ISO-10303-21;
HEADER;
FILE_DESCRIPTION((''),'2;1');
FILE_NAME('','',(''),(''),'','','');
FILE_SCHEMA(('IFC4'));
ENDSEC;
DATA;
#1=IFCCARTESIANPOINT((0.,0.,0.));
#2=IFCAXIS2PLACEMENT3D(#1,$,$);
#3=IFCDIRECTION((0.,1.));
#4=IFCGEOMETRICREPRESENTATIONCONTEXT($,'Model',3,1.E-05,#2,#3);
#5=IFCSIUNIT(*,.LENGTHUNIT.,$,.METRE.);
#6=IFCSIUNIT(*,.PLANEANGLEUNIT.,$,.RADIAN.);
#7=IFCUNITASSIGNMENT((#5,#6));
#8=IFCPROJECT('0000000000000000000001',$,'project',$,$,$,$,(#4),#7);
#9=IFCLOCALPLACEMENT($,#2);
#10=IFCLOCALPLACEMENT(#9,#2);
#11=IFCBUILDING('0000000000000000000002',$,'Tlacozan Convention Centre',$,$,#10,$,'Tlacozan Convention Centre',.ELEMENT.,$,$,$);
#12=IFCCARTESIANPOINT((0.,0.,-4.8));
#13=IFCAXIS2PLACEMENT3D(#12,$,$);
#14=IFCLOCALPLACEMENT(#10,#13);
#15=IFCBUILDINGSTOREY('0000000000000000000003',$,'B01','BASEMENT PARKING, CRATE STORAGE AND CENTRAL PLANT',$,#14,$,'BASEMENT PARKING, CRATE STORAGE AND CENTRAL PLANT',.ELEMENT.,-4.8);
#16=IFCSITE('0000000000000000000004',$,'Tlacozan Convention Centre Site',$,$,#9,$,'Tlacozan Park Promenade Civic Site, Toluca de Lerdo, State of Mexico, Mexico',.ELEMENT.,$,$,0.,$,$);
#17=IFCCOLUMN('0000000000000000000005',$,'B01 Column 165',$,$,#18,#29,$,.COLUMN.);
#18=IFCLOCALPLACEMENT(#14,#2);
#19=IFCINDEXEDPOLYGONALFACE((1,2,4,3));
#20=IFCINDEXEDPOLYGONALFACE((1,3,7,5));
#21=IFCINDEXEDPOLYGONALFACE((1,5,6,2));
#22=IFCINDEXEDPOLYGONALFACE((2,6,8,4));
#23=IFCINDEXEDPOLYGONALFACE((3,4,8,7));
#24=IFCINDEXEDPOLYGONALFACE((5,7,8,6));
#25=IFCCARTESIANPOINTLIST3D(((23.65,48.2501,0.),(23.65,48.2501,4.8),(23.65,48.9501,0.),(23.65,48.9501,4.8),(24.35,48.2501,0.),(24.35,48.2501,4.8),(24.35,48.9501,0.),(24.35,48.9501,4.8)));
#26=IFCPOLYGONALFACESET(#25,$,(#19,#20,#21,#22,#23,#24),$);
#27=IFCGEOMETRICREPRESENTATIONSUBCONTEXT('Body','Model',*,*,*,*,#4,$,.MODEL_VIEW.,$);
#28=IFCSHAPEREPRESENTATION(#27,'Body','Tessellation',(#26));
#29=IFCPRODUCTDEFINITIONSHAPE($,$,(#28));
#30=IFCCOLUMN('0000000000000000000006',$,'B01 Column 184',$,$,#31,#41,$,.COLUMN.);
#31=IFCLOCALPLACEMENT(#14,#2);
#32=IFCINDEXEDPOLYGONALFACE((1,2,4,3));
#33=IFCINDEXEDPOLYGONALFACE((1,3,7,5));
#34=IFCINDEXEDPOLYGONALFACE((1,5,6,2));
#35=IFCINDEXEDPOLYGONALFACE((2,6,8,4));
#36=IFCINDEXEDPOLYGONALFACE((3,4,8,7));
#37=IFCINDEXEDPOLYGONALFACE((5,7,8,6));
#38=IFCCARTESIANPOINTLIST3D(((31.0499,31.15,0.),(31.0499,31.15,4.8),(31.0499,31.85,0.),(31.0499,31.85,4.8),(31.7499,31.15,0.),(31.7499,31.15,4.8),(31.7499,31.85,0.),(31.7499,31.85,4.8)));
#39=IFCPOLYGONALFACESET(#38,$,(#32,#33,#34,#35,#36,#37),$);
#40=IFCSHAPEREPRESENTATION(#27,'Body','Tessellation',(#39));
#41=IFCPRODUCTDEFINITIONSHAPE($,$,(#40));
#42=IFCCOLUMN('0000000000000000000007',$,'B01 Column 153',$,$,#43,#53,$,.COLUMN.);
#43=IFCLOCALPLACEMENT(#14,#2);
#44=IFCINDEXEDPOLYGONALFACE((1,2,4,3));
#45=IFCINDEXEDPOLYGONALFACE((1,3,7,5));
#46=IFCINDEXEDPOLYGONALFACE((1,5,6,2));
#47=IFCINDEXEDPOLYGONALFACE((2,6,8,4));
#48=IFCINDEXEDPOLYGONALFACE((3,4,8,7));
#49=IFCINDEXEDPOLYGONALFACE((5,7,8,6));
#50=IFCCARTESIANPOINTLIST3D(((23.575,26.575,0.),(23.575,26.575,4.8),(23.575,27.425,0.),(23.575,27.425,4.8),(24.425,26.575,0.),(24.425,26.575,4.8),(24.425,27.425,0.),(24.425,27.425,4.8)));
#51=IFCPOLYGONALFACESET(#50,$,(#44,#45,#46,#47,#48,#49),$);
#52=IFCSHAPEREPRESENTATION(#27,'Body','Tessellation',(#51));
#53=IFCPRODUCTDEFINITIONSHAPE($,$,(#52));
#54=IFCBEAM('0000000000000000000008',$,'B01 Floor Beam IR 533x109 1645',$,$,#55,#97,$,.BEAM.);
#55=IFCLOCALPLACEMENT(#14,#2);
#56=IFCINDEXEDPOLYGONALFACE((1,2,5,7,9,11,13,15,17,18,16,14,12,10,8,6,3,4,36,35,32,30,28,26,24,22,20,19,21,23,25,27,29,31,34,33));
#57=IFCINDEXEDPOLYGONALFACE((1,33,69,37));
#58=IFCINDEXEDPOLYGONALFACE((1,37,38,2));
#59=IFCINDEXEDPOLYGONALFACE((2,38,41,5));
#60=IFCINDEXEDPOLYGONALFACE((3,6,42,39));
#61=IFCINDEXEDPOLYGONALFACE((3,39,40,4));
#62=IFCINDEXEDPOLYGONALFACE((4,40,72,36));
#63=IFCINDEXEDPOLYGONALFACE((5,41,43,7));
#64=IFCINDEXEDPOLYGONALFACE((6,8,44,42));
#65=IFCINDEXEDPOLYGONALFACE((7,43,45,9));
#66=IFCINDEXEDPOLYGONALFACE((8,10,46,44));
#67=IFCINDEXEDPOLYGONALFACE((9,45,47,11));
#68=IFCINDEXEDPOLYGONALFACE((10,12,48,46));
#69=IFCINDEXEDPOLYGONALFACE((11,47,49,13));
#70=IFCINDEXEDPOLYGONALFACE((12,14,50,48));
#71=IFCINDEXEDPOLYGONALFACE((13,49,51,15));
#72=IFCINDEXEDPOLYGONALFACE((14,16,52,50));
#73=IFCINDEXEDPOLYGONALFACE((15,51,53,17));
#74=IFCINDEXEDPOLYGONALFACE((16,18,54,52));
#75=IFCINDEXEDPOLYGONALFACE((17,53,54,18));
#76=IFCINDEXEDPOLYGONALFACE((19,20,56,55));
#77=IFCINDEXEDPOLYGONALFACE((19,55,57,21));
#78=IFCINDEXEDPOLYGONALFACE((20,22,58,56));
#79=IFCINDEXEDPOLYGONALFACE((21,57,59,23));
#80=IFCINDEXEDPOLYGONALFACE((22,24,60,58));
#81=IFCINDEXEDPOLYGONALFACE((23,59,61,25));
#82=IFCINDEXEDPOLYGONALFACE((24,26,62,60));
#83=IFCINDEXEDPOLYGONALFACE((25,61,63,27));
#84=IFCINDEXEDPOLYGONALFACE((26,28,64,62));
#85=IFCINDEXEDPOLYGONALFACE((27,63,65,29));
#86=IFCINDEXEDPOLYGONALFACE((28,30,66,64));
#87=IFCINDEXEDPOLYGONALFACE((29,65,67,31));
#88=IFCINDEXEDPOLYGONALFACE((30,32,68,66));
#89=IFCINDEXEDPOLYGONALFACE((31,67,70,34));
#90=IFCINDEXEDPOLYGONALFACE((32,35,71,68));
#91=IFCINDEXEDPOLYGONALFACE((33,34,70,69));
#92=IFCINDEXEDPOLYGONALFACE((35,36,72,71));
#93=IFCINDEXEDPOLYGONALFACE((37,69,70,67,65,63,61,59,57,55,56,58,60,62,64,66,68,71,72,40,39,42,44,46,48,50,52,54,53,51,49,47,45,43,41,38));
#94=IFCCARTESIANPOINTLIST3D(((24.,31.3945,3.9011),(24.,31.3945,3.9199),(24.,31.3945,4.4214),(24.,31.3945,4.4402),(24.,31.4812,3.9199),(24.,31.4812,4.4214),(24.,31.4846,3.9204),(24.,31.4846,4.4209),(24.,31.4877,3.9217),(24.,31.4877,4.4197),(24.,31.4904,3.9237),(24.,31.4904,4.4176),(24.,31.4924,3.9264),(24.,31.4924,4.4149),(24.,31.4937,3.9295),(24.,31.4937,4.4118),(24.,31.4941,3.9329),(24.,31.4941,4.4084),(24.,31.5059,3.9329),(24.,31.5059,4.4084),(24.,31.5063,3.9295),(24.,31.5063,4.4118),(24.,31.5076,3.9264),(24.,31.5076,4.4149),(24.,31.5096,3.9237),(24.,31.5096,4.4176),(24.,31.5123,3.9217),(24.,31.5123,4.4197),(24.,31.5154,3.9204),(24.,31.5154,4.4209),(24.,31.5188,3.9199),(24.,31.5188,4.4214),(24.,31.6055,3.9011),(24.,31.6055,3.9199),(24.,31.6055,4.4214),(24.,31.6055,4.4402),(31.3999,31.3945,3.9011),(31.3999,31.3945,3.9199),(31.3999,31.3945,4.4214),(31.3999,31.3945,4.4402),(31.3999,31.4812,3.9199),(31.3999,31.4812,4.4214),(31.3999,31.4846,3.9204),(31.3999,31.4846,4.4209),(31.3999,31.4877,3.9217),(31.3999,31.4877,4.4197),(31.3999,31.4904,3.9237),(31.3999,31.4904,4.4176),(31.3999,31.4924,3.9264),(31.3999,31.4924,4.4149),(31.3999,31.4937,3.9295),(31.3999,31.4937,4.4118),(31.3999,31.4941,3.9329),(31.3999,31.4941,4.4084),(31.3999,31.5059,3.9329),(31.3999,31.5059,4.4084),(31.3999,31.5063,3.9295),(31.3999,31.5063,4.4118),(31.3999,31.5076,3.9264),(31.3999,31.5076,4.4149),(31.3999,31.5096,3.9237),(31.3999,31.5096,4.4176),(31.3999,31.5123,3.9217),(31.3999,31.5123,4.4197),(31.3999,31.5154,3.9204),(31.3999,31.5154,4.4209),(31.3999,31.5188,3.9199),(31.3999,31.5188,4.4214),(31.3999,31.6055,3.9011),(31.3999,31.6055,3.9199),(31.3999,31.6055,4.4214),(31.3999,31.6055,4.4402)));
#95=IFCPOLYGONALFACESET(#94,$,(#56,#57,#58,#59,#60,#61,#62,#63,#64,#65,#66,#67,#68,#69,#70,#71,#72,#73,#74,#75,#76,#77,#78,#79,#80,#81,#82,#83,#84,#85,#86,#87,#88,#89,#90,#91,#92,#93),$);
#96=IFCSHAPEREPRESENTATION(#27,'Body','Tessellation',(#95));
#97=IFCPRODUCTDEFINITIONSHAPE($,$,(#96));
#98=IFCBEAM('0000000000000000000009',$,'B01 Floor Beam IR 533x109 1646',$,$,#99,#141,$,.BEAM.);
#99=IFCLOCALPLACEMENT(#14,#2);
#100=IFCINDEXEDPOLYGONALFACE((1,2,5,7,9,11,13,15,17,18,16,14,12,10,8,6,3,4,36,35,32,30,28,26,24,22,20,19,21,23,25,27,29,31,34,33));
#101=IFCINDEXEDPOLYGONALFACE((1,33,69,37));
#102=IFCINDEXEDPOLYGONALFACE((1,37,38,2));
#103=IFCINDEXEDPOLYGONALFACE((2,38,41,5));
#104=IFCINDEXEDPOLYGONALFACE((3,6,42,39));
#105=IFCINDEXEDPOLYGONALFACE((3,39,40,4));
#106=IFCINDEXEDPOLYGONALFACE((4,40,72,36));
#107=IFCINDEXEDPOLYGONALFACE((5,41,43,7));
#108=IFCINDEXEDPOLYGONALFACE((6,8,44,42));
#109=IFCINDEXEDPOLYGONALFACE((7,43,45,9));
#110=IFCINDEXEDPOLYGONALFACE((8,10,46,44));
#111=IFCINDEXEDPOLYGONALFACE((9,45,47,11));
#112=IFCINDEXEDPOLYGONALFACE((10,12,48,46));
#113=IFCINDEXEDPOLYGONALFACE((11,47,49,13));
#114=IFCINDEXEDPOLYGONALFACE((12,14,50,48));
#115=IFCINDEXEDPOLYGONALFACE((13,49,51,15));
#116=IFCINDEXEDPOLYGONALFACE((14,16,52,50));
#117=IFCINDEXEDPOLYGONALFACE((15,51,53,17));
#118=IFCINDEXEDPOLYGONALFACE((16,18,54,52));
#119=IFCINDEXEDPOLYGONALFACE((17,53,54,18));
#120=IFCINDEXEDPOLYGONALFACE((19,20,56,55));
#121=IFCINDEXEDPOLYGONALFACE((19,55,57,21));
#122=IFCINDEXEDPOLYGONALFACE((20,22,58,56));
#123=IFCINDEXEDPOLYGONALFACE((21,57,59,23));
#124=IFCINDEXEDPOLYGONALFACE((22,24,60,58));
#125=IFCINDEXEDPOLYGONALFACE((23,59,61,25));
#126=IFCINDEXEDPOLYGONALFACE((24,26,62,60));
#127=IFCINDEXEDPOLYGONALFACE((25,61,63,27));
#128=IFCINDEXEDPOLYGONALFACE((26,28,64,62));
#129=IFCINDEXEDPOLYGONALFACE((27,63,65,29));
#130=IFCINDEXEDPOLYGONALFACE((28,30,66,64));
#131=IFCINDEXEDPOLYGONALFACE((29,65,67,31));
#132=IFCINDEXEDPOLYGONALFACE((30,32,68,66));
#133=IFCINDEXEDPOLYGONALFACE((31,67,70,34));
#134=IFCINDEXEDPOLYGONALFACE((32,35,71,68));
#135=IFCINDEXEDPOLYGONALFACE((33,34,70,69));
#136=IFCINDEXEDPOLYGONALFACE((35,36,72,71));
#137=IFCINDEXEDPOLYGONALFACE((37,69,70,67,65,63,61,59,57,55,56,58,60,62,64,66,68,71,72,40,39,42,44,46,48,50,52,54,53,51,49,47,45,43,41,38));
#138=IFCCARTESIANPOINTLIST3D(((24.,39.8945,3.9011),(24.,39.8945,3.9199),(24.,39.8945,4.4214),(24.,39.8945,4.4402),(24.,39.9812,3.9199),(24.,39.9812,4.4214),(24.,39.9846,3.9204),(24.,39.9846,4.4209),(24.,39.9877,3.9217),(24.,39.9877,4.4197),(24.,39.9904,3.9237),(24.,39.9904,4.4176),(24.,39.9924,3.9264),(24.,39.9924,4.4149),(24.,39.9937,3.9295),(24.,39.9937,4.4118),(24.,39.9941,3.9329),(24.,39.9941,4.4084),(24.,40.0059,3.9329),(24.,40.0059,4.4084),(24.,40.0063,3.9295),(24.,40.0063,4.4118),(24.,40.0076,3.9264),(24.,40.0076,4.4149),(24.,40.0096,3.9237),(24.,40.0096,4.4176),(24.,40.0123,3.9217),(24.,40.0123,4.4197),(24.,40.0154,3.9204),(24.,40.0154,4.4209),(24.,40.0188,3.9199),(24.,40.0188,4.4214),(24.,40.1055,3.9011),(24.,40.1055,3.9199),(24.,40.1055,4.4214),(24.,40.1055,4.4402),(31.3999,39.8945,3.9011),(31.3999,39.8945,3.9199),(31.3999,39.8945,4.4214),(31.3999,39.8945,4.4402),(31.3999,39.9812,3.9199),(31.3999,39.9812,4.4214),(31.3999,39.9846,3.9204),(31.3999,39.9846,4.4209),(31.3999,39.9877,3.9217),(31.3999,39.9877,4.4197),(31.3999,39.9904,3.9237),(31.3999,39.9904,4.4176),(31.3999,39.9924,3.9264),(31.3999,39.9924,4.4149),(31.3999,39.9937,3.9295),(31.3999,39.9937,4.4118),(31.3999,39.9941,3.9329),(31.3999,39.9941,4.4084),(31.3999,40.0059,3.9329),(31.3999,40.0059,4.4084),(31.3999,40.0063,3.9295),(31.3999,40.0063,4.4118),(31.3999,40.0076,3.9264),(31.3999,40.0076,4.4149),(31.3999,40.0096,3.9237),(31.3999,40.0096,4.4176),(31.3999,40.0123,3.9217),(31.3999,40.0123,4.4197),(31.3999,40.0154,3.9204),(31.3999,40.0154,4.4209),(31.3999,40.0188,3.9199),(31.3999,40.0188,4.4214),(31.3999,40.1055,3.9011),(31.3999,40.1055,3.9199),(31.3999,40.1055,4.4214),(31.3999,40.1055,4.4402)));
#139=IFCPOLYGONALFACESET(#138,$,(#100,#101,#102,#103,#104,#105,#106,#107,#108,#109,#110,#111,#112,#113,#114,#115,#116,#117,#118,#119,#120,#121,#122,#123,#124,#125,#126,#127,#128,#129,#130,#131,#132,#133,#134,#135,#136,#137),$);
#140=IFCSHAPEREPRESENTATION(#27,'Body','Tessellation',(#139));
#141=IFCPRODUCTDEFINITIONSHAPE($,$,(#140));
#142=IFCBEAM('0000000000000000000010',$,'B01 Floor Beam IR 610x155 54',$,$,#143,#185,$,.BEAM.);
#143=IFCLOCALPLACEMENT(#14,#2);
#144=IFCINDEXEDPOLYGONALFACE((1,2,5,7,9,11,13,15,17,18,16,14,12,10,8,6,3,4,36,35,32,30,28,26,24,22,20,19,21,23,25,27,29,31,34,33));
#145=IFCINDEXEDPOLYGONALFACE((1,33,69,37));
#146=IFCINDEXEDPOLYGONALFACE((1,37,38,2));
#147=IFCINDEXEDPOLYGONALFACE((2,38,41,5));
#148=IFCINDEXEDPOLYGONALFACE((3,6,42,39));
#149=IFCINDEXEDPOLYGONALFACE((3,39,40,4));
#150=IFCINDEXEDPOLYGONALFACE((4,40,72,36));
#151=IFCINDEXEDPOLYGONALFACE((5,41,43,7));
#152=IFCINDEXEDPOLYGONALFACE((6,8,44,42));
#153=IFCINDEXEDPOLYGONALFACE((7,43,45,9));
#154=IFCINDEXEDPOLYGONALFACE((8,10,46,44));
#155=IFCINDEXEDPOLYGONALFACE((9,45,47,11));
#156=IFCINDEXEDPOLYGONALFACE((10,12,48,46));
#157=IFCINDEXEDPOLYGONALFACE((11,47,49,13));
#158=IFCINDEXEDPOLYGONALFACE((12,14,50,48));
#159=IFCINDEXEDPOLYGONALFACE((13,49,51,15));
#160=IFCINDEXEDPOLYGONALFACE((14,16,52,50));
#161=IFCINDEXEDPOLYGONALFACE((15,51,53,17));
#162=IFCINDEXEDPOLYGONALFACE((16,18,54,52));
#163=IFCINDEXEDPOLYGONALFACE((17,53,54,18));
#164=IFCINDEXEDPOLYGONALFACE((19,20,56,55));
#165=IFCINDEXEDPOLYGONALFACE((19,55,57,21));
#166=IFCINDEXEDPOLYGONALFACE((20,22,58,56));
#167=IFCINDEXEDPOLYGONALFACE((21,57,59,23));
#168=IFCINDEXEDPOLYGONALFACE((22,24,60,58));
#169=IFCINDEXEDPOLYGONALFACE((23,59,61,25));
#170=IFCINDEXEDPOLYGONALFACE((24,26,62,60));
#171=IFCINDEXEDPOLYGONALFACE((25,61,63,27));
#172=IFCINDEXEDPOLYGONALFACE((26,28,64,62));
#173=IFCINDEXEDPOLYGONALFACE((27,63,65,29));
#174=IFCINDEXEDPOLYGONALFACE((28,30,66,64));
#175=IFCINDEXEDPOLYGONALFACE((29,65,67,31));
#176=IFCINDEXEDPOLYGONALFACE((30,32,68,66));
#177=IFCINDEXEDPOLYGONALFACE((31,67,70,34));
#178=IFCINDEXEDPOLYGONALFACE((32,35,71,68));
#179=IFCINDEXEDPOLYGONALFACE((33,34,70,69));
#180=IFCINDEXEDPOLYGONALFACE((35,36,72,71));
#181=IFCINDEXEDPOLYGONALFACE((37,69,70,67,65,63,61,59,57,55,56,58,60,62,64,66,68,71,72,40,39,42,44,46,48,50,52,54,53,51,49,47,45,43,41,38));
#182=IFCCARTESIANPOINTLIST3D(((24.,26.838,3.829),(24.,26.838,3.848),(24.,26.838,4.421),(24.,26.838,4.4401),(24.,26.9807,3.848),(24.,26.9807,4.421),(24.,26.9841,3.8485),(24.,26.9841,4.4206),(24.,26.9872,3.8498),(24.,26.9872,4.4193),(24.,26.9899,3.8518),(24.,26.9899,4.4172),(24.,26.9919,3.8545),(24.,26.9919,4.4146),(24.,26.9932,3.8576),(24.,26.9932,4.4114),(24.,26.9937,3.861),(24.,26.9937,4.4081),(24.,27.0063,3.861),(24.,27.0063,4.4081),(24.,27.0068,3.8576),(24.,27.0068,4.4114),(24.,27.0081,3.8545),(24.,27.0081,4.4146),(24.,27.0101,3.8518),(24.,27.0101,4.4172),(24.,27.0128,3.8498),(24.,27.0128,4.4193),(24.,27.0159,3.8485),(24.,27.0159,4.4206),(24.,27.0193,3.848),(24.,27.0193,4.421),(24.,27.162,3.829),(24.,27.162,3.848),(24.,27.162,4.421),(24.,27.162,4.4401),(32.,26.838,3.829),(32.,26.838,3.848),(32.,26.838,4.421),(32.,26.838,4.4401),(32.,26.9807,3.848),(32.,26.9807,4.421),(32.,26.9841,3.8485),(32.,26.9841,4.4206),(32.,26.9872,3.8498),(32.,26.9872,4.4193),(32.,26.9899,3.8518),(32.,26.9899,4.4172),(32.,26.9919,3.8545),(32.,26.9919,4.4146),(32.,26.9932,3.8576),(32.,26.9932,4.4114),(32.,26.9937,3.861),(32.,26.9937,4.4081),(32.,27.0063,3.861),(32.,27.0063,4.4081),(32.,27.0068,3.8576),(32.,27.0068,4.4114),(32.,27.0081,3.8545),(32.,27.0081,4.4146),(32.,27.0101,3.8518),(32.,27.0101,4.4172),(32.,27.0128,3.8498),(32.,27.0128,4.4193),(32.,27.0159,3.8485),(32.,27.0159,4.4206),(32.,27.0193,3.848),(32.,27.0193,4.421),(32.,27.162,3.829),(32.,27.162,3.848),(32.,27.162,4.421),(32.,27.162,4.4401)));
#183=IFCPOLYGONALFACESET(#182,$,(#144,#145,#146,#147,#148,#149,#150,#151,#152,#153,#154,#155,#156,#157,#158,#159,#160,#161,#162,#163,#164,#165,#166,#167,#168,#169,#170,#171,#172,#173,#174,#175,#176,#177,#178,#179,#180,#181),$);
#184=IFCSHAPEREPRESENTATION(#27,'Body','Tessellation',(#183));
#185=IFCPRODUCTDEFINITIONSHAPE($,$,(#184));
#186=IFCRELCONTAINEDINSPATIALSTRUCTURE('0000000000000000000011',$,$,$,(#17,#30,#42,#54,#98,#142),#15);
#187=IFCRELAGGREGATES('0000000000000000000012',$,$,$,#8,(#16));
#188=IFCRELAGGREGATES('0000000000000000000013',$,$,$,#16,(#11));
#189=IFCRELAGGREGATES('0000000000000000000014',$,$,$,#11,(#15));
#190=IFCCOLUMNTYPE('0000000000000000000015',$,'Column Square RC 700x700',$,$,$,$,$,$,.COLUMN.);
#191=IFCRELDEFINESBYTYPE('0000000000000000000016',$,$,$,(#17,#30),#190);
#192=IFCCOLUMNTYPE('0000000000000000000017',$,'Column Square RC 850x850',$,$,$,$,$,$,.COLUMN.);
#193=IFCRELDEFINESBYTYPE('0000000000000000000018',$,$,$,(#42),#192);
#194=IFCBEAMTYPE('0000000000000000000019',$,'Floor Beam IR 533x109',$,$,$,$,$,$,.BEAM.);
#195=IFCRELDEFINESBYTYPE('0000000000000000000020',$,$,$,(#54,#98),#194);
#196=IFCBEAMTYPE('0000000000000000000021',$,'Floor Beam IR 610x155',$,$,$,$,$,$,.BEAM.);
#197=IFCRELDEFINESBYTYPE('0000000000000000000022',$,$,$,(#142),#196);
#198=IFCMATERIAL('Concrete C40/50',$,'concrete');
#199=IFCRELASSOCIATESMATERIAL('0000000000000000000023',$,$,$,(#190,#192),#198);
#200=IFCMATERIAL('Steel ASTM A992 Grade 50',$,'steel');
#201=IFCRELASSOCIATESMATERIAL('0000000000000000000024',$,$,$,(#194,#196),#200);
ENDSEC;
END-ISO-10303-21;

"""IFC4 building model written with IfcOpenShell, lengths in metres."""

from ifc_helpers import new_model, si_unit, direction, frame, origin, origin_2d, place, context, subcontext, project, spatial, rectangle, i_section, extrude, material, material_profile, profile_set, type_object, element, save


model = new_model("IFC4")

# Units and contexts
model_context = context("Model", 3, precision=1e-05, world=origin(), true_north=direction((0.0, 1.0)))
body_context = subcontext(model_context, "Body", "Model", "MODEL_VIEW")
ifc_project = project(units=[si_unit("LENGTHUNIT", "METRE"), si_unit("PLANEANGLEUNIT", "RADIAN")], contexts=[model_context])

# Site, building, storey
site_placement = place(None, origin())
site = spatial("IfcSite", under=ifc_project, at=site_placement, Name="Tlacozan Convention Centre Site", LongName="Tlacozan Park Promenade Civic Site, Toluca de Lerdo, State of Mexico, Mexico", CompositionType="ELEMENT", RefElevation=0.0)
building_placement = place(site_placement, origin())
building = spatial("IfcBuilding", under=site, at=building_placement, Name="Tlacozan Convention Centre", LongName="Tlacozan Convention Centre", CompositionType="ELEMENT")
storey_placement = place(building_placement, frame((0.0, 0.0, -4.8)))
storey = spatial("IfcBuildingStorey", under=building, at=storey_placement, Name="B01", Description="BASEMENT PARKING, CRATE STORAGE AND CENTRAL PLANT", LongName="BASEMENT PARKING, CRATE STORAGE AND CENTRAL PLANT", CompositionType="ELEMENT", Elevation=-4.8)

# Columns
ifc_material_1 = material(Name="Concrete C40/50", Category="concrete")
ifc_material_profile_1 = material_profile(ifc_material_1, rectangle(XDim=0.7, YDim=0.7, at=origin_2d()), Name="RC 700x700")
ifc_profile_set_1 = profile_set([ifc_material_profile_1], Name="Concrete C40/50")
column_type_1 = type_object("IfcColumnType", Name="Column Square RC 700x700", PredefinedType="COLUMN", material=ifc_profile_set_1)
for number, where, z_axis, x_axis, name in (
    (1, (24.0, 48.6001, 0.0), (0.0, 0.0, 1.0), (1.0, 0.0, 0.0), "B01 Column 165"),
    (2, (31.3999, 31.5, 0.0), (0.0, 0.0, 1.0), (1.0, 0.0, 0.0), "B01 Column 184"),
):
    element("IfcColumn", number, at=place(storey_placement, frame(where, z_axis=z_axis, x_axis=x_axis)), inside=storey, type_object=column_type_1, Name=name, PredefinedType="COLUMN", context=body_context, shape_type="SweptSolid", body=[
        extrude(rectangle(XDim=0.7, YDim=0.7, at=origin_2d()), origin(), (0.0, 0.0, 1.0), 4.8),
    ])
ifc_material_profile_2 = material_profile(ifc_material_1, rectangle(XDim=0.8501, YDim=0.8501, at=origin_2d()), Name="RC 850x850")
ifc_profile_set_2 = profile_set([ifc_material_profile_2], Name="Concrete C40/50")
column_type_2 = type_object("IfcColumnType", Name="Column Square RC 850x850", PredefinedType="COLUMN", material=ifc_profile_set_2)
column_placement = place(storey_placement, frame((24.0, 27.0, 0.0), z_axis=(0.0, 0.0, 1.0), x_axis=(1.0, 0.0, 0.0)))
element("IfcColumn", 3, at=column_placement, inside=storey, type_object=column_type_2, Name="B01 Column 153", PredefinedType="COLUMN", context=body_context, shape_type="SweptSolid", body=[
    extrude(rectangle(XDim=0.8501, YDim=0.8501, at=origin_2d()), origin(), (0.0, 0.0, 1.0), 4.8),
])

# Beams
ifc_material_2 = material(Name="Steel ASTM A992 Grade 50", Category="steel")
ifc_material_profile_3 = material_profile(ifc_material_2, i_section(OverallWidth=0.2109, OverallDepth=0.5391, WebThickness=0.0117, FlangeThickness=0.0188, FilletRadius=0.0129, at=origin_2d()), Name="IR 533x109.0")
ifc_profile_set_3 = profile_set([ifc_material_profile_3], Name="Steel ASTM A992 Grade 50")
beam_type_1 = type_object("IfcBeamType", Name="Floor Beam IR 533x109", PredefinedType="BEAM", material=ifc_profile_set_3)
for number, where, z_axis, x_axis, name in (
    (4, (24.0, 31.5, 4.1707), (1.0, 0.0, 0.0), (0.0, 1.0, 0.0), "B01 Floor Beam IR 533x109 1645"),
    (5, (24.0, 40.0, 4.1707), (1.0, 0.0, 0.0), (0.0, 1.0, 0.0), "B01 Floor Beam IR 533x109 1646"),
):
    element("IfcBeam", number, at=place(storey_placement, frame(where, z_axis=z_axis, x_axis=x_axis)), inside=storey, type_object=beam_type_1, Name=name, PredefinedType="BEAM", context=body_context, shape_type="SweptSolid", body=[
        extrude(i_section(OverallWidth=0.2109, OverallDepth=0.5391, WebThickness=0.0117, FlangeThickness=0.0188, FilletRadius=0.0129, at=origin_2d()), origin(), (0.0, 0.0, 1.0), 7.3999),
    ])
ifc_material_profile_4 = material_profile(ifc_material_2, i_section(OverallWidth=0.324, OverallDepth=0.6111, WebThickness=0.0127, FlangeThickness=0.019, FilletRadius=0.0129, at=origin_2d()), Name="IR 610x155.0")
ifc_profile_set_4 = profile_set([ifc_material_profile_4], Name="Steel ASTM A992 Grade 50")
beam_type_2 = type_object("IfcBeamType", Name="Floor Beam IR 610x155", PredefinedType="BEAM", material=ifc_profile_set_4)
beam_1_placement = place(storey_placement, frame((24.0, 27.0, 4.1345), z_axis=(1.0, 0.0, 0.0), x_axis=(0.0, 1.0, 0.0)))
element("IfcBeam", 6, at=beam_1_placement, inside=storey, type_object=beam_type_2, Name="B01 Floor Beam IR 610x155 54", PredefinedType="BEAM", context=body_context, shape_type="SweptSolid", body=[
    extrude(i_section(OverallWidth=0.324, OverallDepth=0.6111, WebThickness=0.0127, FlangeThickness=0.019, FilletRadius=0.0129, at=origin_2d()), origin(), (0.0, 0.0, 1.0), 8.0),
])

save(model, "model.ifc")
